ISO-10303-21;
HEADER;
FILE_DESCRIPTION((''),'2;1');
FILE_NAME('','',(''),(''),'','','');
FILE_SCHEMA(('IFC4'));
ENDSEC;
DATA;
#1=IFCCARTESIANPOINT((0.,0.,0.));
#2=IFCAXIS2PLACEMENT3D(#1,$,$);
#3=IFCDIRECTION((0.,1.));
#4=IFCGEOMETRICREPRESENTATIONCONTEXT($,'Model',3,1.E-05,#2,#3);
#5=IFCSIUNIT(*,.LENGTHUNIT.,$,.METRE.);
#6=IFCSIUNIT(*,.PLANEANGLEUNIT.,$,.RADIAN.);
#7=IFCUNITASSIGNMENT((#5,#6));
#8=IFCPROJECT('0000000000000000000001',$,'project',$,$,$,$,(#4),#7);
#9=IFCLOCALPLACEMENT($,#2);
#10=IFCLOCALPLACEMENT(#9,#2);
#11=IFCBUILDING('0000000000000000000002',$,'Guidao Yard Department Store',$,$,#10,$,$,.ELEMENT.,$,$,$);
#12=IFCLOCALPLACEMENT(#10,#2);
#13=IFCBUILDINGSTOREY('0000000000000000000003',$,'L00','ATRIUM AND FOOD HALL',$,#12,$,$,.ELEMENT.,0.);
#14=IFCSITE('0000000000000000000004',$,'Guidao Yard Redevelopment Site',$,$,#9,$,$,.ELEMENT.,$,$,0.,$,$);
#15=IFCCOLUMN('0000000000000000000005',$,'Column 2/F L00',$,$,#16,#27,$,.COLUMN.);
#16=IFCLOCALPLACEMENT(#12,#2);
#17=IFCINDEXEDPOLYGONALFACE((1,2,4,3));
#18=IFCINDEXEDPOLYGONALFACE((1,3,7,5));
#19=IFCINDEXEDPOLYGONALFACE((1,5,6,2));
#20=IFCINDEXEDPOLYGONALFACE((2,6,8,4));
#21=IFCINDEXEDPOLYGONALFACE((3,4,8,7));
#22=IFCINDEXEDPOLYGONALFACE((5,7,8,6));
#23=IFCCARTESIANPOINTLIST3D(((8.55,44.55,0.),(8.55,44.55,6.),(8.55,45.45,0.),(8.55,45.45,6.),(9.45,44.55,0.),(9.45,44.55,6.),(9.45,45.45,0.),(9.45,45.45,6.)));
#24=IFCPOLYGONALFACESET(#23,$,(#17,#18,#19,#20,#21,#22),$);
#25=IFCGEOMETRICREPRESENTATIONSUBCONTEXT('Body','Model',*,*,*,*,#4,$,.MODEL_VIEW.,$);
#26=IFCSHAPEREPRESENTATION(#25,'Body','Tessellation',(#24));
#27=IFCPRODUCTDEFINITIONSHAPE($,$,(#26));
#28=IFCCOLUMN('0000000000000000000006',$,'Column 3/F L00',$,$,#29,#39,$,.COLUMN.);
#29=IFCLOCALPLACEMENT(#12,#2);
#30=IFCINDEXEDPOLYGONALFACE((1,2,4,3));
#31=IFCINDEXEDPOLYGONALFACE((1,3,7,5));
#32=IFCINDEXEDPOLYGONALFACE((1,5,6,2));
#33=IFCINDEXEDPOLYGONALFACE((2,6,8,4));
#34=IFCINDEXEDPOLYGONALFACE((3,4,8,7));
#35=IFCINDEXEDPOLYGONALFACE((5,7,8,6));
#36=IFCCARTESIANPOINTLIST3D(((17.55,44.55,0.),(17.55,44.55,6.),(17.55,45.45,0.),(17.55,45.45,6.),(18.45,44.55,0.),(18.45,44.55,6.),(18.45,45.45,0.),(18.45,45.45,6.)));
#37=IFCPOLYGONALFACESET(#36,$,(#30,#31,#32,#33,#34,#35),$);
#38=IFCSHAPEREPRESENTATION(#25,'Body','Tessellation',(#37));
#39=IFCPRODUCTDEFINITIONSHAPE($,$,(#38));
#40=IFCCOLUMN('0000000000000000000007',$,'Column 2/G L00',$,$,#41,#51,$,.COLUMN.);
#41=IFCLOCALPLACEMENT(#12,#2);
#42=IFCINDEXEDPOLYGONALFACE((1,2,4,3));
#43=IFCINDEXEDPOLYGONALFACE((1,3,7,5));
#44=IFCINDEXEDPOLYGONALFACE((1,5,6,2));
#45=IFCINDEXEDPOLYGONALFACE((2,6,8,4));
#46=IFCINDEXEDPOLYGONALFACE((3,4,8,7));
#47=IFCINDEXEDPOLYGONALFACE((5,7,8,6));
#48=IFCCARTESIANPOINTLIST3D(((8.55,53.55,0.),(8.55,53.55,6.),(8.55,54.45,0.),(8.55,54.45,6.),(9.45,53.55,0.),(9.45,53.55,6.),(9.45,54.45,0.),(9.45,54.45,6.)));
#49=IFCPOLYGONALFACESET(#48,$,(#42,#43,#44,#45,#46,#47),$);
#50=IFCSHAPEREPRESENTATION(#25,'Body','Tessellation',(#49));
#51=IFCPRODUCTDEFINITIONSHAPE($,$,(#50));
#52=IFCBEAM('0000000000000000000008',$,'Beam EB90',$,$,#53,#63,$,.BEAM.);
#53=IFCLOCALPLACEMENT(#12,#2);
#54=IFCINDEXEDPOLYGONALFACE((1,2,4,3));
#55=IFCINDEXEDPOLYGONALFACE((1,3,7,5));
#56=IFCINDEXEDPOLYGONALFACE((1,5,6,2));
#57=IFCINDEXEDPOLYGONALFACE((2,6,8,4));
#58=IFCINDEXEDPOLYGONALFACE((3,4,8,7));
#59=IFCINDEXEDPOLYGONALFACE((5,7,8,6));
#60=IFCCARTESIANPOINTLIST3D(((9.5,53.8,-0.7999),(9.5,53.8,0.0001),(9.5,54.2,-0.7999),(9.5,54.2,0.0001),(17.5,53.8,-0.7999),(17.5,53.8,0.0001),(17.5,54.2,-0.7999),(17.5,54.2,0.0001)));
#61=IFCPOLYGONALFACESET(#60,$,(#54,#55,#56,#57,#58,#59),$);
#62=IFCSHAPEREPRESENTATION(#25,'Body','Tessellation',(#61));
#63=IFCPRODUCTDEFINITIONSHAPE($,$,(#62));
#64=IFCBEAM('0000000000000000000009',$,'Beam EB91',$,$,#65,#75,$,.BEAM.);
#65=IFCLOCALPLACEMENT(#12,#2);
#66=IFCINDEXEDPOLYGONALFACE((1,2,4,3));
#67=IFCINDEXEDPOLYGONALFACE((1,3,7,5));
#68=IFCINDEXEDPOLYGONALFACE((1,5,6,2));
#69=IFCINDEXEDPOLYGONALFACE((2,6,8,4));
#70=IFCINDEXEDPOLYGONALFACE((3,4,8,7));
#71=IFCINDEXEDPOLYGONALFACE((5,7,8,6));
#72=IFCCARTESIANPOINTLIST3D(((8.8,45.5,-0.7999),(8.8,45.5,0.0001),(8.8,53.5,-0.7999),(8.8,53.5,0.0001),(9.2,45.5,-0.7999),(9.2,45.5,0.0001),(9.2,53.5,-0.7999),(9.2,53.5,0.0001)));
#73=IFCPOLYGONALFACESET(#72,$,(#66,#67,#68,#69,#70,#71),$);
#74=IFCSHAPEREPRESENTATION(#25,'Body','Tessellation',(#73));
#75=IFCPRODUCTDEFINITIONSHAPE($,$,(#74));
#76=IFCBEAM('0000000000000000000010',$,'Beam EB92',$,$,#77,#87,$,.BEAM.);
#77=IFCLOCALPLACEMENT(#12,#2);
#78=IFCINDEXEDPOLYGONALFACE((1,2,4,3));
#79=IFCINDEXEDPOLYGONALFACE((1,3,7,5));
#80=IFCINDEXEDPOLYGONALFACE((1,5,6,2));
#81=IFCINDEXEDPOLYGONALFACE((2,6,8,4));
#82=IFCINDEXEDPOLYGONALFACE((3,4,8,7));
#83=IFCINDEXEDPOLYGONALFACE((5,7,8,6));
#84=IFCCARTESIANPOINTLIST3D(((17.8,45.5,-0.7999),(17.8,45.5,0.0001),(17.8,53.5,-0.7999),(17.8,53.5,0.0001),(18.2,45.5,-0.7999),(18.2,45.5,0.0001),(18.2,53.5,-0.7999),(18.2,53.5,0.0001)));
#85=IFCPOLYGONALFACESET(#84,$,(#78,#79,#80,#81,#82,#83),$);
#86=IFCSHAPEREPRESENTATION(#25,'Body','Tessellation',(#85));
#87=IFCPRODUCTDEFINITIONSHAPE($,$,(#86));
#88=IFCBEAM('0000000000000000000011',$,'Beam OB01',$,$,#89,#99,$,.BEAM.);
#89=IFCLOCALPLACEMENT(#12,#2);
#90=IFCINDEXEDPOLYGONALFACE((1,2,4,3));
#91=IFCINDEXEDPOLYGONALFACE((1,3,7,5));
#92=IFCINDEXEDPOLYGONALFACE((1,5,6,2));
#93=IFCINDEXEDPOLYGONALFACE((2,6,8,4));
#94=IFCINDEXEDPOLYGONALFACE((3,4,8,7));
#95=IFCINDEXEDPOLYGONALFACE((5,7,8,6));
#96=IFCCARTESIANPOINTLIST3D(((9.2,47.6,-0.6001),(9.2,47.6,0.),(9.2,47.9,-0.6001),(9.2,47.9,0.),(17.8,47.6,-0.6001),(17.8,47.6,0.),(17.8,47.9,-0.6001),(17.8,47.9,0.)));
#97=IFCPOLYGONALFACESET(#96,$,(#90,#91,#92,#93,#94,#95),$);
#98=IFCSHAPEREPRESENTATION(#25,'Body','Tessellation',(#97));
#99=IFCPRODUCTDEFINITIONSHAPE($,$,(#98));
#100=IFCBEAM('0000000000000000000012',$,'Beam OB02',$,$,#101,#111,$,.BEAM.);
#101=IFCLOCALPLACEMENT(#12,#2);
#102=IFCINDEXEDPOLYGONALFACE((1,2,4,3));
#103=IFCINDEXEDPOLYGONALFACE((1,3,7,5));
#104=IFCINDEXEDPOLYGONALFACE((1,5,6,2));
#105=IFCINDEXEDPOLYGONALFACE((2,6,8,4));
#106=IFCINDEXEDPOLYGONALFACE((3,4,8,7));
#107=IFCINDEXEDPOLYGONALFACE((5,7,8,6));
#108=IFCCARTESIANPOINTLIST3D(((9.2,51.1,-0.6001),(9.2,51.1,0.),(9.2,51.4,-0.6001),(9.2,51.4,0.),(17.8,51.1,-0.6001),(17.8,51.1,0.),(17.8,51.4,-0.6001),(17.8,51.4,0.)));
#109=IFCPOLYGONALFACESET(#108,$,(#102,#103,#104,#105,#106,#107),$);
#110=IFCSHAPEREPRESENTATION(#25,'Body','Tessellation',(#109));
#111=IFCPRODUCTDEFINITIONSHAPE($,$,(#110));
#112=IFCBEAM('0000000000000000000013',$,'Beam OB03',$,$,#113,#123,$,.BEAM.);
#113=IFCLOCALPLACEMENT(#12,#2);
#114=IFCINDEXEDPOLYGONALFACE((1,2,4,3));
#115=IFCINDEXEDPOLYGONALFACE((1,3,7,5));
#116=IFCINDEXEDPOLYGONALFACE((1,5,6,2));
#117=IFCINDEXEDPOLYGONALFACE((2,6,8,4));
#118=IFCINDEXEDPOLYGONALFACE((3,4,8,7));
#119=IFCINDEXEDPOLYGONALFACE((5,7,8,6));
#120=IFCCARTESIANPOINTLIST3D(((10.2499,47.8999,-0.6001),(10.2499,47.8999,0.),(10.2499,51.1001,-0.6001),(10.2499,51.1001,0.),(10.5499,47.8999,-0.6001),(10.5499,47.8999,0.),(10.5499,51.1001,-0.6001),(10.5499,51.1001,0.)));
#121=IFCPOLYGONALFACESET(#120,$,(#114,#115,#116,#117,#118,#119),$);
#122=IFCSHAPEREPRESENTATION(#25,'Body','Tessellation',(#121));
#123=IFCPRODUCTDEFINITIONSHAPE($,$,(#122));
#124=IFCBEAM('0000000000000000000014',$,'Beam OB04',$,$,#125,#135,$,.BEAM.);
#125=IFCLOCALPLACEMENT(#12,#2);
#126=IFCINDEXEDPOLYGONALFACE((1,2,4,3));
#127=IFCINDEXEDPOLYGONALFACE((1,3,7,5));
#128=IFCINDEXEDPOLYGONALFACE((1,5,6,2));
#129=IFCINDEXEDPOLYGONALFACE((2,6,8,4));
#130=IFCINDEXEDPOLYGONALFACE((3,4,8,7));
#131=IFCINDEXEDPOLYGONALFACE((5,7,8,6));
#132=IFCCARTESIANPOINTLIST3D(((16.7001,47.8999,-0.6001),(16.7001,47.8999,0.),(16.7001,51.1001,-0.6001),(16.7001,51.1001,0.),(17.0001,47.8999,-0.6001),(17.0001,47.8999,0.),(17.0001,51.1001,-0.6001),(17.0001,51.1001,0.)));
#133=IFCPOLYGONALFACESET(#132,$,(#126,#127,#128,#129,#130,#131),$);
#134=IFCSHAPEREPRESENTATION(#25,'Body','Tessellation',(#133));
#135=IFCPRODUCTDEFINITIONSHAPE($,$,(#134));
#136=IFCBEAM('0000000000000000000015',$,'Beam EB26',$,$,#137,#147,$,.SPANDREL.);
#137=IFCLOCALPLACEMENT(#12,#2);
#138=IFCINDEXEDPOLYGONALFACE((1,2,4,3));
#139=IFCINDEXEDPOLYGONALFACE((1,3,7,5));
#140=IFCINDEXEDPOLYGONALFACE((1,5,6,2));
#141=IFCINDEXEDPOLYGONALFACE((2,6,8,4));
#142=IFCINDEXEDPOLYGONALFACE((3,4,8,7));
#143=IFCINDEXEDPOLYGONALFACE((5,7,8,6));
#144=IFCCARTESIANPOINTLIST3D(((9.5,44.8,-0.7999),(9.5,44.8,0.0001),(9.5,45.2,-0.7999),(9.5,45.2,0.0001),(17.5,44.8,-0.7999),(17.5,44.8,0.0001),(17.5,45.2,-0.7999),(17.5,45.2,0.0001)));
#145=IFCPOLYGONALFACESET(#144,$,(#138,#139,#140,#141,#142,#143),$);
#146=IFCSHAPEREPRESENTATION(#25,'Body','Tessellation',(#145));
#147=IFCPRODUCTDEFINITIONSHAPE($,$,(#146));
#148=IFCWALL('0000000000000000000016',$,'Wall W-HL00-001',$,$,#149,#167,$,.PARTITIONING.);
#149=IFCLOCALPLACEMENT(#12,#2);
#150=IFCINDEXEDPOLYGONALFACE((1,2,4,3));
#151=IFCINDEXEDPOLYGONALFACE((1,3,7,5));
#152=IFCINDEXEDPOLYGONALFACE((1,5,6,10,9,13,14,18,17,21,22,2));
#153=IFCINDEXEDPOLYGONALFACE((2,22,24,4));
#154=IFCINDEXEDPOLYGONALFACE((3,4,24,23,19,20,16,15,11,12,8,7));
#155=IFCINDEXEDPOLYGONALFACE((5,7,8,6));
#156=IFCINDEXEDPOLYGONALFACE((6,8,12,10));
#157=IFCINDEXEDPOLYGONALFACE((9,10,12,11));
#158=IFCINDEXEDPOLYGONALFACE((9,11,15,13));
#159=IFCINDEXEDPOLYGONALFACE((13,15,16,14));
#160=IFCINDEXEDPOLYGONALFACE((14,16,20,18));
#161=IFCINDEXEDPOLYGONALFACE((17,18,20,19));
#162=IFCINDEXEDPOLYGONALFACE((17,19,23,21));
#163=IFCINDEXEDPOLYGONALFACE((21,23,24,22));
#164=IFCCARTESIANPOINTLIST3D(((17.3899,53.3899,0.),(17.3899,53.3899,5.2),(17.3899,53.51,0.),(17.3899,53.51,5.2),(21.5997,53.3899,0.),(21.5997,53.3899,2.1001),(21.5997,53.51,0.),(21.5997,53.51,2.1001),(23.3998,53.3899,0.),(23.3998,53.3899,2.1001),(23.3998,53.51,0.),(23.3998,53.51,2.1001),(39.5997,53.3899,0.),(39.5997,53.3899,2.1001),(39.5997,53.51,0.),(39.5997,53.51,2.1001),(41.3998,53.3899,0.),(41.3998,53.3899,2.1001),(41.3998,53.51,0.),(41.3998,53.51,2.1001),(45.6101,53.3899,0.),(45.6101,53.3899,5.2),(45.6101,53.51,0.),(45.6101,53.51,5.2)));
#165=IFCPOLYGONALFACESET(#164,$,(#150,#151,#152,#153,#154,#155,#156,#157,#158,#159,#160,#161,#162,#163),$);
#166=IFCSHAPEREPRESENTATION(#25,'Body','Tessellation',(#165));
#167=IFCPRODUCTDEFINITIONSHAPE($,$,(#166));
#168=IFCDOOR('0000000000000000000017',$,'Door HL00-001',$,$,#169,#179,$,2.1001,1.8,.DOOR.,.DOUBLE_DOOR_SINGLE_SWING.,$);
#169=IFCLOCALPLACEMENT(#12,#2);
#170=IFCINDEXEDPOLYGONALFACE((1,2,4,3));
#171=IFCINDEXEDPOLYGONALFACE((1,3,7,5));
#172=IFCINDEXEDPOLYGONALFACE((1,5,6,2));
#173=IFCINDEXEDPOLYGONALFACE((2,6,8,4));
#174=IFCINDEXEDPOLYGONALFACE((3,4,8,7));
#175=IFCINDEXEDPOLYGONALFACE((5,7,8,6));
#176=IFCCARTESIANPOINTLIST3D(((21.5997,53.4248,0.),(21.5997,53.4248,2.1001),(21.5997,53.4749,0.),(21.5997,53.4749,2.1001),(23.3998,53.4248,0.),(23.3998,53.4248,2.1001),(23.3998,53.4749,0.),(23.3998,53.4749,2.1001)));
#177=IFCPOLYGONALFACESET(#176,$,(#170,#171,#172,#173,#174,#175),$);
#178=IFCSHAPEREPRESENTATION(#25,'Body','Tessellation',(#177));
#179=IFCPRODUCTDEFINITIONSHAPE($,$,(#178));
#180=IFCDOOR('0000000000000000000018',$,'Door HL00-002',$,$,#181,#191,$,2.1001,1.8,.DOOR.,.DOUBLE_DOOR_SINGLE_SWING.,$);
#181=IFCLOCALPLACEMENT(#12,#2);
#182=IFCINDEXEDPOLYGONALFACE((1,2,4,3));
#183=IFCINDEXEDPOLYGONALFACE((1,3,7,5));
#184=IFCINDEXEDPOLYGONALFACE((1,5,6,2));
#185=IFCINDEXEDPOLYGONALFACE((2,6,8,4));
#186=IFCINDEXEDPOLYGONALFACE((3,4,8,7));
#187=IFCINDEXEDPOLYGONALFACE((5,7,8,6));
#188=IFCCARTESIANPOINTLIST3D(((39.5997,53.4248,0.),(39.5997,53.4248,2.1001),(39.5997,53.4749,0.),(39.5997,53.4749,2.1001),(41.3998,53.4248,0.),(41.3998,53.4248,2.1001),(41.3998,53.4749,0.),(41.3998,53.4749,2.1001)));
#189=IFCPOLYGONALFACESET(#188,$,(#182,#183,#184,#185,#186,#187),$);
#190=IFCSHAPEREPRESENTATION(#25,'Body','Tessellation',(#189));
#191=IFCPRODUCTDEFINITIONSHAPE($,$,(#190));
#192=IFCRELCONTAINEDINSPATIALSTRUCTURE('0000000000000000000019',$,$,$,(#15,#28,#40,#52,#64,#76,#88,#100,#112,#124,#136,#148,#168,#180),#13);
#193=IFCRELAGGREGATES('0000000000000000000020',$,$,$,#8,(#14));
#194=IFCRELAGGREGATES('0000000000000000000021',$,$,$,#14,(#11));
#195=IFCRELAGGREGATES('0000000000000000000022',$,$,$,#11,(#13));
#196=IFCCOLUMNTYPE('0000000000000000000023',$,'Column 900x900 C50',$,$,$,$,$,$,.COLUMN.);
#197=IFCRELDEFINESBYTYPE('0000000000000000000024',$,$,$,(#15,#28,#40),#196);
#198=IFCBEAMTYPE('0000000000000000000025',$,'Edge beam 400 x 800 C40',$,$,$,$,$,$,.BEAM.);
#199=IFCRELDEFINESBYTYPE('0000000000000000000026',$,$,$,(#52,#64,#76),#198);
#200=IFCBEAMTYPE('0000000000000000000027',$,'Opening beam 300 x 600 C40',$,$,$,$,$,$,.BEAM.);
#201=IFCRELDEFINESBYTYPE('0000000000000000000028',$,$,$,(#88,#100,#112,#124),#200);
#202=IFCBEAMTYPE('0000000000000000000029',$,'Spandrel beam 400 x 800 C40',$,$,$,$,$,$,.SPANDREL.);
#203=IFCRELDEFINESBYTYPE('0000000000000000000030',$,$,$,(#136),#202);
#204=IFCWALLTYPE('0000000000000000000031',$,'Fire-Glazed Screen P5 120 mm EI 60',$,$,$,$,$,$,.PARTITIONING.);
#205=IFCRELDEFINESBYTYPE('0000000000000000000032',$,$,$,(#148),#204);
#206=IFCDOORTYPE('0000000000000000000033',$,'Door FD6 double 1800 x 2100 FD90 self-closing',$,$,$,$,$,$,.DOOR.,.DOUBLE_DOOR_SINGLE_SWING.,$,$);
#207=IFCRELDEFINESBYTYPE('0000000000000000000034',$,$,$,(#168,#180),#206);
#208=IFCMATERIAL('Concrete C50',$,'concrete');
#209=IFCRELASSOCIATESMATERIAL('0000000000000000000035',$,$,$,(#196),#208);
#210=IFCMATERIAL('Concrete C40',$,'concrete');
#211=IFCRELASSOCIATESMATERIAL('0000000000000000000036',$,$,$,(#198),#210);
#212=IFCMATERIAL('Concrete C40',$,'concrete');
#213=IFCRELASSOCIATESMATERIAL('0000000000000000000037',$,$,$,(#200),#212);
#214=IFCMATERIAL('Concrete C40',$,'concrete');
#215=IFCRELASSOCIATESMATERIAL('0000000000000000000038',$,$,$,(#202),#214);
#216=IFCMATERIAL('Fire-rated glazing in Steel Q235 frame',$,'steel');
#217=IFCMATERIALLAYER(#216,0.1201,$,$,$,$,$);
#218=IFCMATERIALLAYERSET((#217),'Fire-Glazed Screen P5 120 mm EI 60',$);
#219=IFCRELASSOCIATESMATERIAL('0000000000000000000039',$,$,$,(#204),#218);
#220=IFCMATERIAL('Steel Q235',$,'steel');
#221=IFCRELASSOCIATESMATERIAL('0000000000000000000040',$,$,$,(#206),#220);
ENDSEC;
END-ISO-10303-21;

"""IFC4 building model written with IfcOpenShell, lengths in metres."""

from ifc_helpers import new_model, si_unit, direction, frame, frame_2d, origin, origin_2d, place, context, subcontext, project, spatial, rectangle, extrude, material, layer, layer_set, material_profile, profile_set, type_object, element, fill, save


model = new_model("IFC4")

# Units and contexts
model_context = context("Model", 3, precision=1e-05, world=origin(), true_north=direction((0.0, 1.0)))
body_context = subcontext(model_context, "Body", "Model", "MODEL_VIEW")
ifc_project = project(units=[si_unit("LENGTHUNIT", "METRE"), si_unit("PLANEANGLEUNIT", "RADIAN")], contexts=[model_context])

# Site, building, storey
site_placement = place(None, origin())
site = spatial("IfcSite", under=ifc_project, at=site_placement, Name="Guidao Yard Redevelopment Site", CompositionType="ELEMENT", RefElevation=0.0)
building_placement = place(site_placement, origin())
building = spatial("IfcBuilding", under=site, at=building_placement, Name="Guidao Yard Department Store", CompositionType="ELEMENT")
storey_placement = place(building_placement, origin())
storey = spatial("IfcBuildingStorey", under=building, at=storey_placement, Name="L00", Description="ATRIUM AND FOOD HALL", CompositionType="ELEMENT", Elevation=0.0)

# Columns
ifc_material_1 = material(Name="Concrete C50", Category="concrete")
ifc_material_profile_1 = material_profile(ifc_material_1, rectangle(XDim=0.8999, YDim=0.8999, at=origin_2d()), Name="COL 900x900")
ifc_profile_set_1 = profile_set([ifc_material_profile_1], Name="Concrete C50")
column_type = type_object("IfcColumnType", Name="Column 900x900 C50", PredefinedType="COLUMN", material=ifc_profile_set_1)
for number, where, z_axis, x_axis, name in (
    (1, (9.0, 45.0, 0.0), (0.0, 0.0, 1.0), (1.0, 0.0, 0.0), "Column 2/F L00"),
    (2, (18.0, 45.0, 0.0), (0.0, 0.0, 1.0), (1.0, 0.0, 0.0), "Column 3/F L00"),
    (3, (9.0, 54.0, 0.0), (0.0, 0.0, 1.0), (1.0, 0.0, 0.0), "Column 2/G L00"),
):
    element("IfcColumn", number, at=place(storey_placement, frame(where, z_axis=z_axis, x_axis=x_axis)), inside=storey, type_object=column_type, Name=name, PredefinedType="COLUMN", context=body_context, shape_type="SweptSolid", body=[
        extrude(rectangle(XDim=0.8999, YDim=0.8999, at=origin_2d()), origin(), (0.0, 0.0, 1.0), 6.0),
    ])

# Beams
ifc_material_2 = material(Name="Concrete C40", Category="concrete")
ifc_material_profile_2 = material_profile(ifc_material_2, rectangle(XDim=0.3999, YDim=0.8, at=origin_2d()), Name="Edge beam 400 x 800 C40")
ifc_profile_set_2 = profile_set([ifc_material_profile_2], Name="Concrete C40")
beam_type_1 = type_object("IfcBeamType", Name="Edge beam 400 x 800 C40", PredefinedType="BEAM", material=ifc_profile_set_2)
for number, where, z_axis, x_axis, name in (
    (4, (9.5, 54.0, -0.3999), (1.0, 0.0, 0.0), (0.0, 1.0, 0.0), "Beam EB90"),
    (5, (9.0, 45.5, -0.3999), (0.0, 1.0, 0.0), (-1.0, 0.0, 0.0), "Beam EB91"),
    (6, (18.0, 45.5, -0.3999), (0.0, 1.0, 0.0), (-1.0, 0.0, 0.0), "Beam EB92"),
):
    element("IfcBeam", number, at=place(storey_placement, frame(where, z_axis=z_axis, x_axis=x_axis)), inside=storey, type_object=beam_type_1, Name=name, PredefinedType="BEAM", context=body_context, shape_type="SweptSolid", body=[
        extrude(rectangle(XDim=0.3999, YDim=0.8, at=origin_2d()), origin(), (0.0, 0.0, 1.0), 8.0),
    ])
ifc_material_3 = material(Name="Concrete C40", Category="concrete")
ifc_material_profile_3 = material_profile(ifc_material_3, rectangle(XDim=0.3, YDim=0.6001, at=origin_2d()), Name="Opening beam 300 x 600 C40")
ifc_profile_set_3 = profile_set([ifc_material_profile_3], Name="Concrete C40")
beam_type_2 = type_object("IfcBeamType", Name="Opening beam 300 x 600 C40", PredefinedType="BEAM", material=ifc_profile_set_3)
for number, where, z_axis, x_axis, name in (
    (7, (9.2, 47.75, -0.3), (1.0, 0.0, 0.0), (0.0, 1.0, 0.0), "Beam OB01"),
    (8, (9.2, 51.25, -0.3), (1.0, 0.0, 0.0), (0.0, 1.0, 0.0), "Beam OB02"),
):
    element("IfcBeam", number, at=place(storey_placement, frame(where, z_axis=z_axis, x_axis=x_axis)), inside=storey, type_object=beam_type_2, Name=name, PredefinedType="BEAM", context=body_context, shape_type="SweptSolid", body=[
        extrude(rectangle(XDim=0.3, YDim=0.6001, at=origin_2d()), origin(), (0.0, 0.0, 1.0), 8.6001),
    ])
for number, where, z_axis, x_axis, name in (
    (9, (10.3999, 47.8999, -0.3), (0.0, 1.0, 0.0), (-1.0, 0.0, 0.0), "Beam OB03"),
    (10, (16.8501, 47.8999, -0.3), (0.0, 1.0, 0.0), (-1.0, 0.0, 0.0), "Beam OB04"),
):
    element("IfcBeam", number, at=place(storey_placement, frame(where, z_axis=z_axis, x_axis=x_axis)), inside=storey, type_object=beam_type_2, Name=name, PredefinedType="BEAM", context=body_context, shape_type="SweptSolid", body=[
        extrude(rectangle(XDim=0.3, YDim=0.6001, at=origin_2d()), origin(), (0.0, 0.0, 1.0), 3.2002),
    ])
ifc_material_4 = material(Name="Concrete C40", Category="concrete")
ifc_material_profile_4 = material_profile(ifc_material_4, rectangle(XDim=0.3999, YDim=0.8, at=origin_2d()), Name="Spandrel beam 400 x 800 C40")
ifc_profile_set_4 = profile_set([ifc_material_profile_4], Name="Concrete C40")
beam_type_3 = type_object("IfcBeamType", Name="Spandrel beam 400 x 800 C40", PredefinedType="SPANDREL", material=ifc_profile_set_4)
beam_placement = place(storey_placement, frame((9.5, 45.0, -0.3999), z_axis=(1.0, 0.0, 0.0), x_axis=(0.0, 1.0, 0.0)))
element("IfcBeam", 11, at=beam_placement, inside=storey, type_object=beam_type_3, Name="Beam EB26", PredefinedType="SPANDREL", context=body_context, shape_type="SweptSolid", body=[
    extrude(rectangle(XDim=0.3999, YDim=0.8, at=origin_2d()), origin(), (0.0, 0.0, 1.0), 8.0),
])

# Wall, openings, doors
ifc_material_5 = material(Name="Fire-rated glazing in Steel Q235 frame", Category="steel")
ifc_layer_1 = layer(ifc_material_5, 0.1201)
ifc_layer_set_1 = layer_set([ifc_layer_1], Name="Fire-Glazed Screen P5 120 mm EI 60")
wall_type_1 = type_object("IfcWallType", Name="Fire-Glazed Screen P5 120 mm EI 60", PredefinedType="PARTITIONING", material=ifc_layer_set_1)
wall_1_placement = place(storey_placement, frame((17.3899, 53.45, 0.0), z_axis=(0.0, 0.0, 1.0), x_axis=(1.0, 0.0, 0.0)))
wall_1 = element("IfcWall", 12, at=wall_1_placement, inside=storey, type_object=wall_type_1, Name="Wall W-HL00-001", PredefinedType="PARTITIONING", context=body_context, shape_type="SweptSolid", body=[
    extrude(rectangle(XDim=28.2202, YDim=0.1201, at=frame_2d((14.1101, 0.0))), origin(), (0.0, 0.0, 1.0), 5.2),
])
opening_1_placement = place(wall_1_placement, frame((4.21, 0.0, 0.0)))
opening_1 = element("IfcOpeningElement", 13, at=opening_1_placement, cuts=wall_1, PredefinedType="OPENING", context=body_context, shape_type="SweptSolid", body=[
    extrude(rectangle(XDim=1.8, YDim=2.1001, at=frame_2d((0.8999, 1.05))), frame((0.0, 0.0701, 0.0), z_axis=(0.0, -1.0, 0.0), x_axis=(1.0, 0.0, 0.0)), (0.0, 0.0, 1.0), 0.1401),
])
opening_2_placement = place(wall_1_placement, frame((22.21, 0.0, 0.0)))
opening_2 = element("IfcOpeningElement", 14, at=opening_2_placement, cuts=wall_1, PredefinedType="OPENING", context=body_context, shape_type="SweptSolid", body=[
    extrude(rectangle(XDim=1.8, YDim=2.1001, at=frame_2d((0.8999, 1.05))), frame((0.0, 0.0701, 0.0), z_axis=(0.0, -1.0, 0.0), x_axis=(1.0, 0.0, 0.0)), (0.0, 0.0, 1.0), 0.1401),
])
ifc_material_6 = material(Name="Steel Q235", Category="steel")
door_type_1 = type_object("IfcDoorType", Name="Door FD6 double 1800 x 2100 FD90 self-closing", OperationType="DOUBLE_DOOR_SINGLE_SWING", PredefinedType="DOOR", material=ifc_material_6)
door_1_placement = place(opening_1_placement, origin())
door_1 = element("IfcDoor", 15, at=door_1_placement, inside=storey, type_object=door_type_1, Name="Door HL00-001", OperationType="DOUBLE_DOOR_SINGLE_SWING", OverallHeight=2.1001, OverallWidth=1.8, PredefinedType="DOOR", context=body_context, shape_type="SweptSolid", body=[
    extrude(rectangle(XDim=1.8, YDim=2.1001, at=frame_2d((0.8999, 1.05))), frame((0.0, 0.0249, 0.0), z_axis=(0.0, -1.0, 0.0), x_axis=(1.0, 0.0, 0.0)), (0.0, 0.0, 1.0), 0.05),
])
fill(opening_1, door_1)
door_2_placement = place(opening_2_placement, origin())
door_2 = element("IfcDoor", 16, at=door_2_placement, inside=storey, type_object=door_type_1, Name="Door HL00-002", OperationType="DOUBLE_DOOR_SINGLE_SWING", OverallHeight=2.1001, OverallWidth=1.8, PredefinedType="DOOR", context=body_context, shape_type="SweptSolid", body=[
    extrude(rectangle(XDim=1.8, YDim=2.1001, at=frame_2d((0.8999, 1.05))), frame((0.0, 0.0249, 0.0), z_axis=(0.0, -1.0, 0.0), x_axis=(1.0, 0.0, 0.0)), (0.0, 0.0, 1.0), 0.05),
])
fill(opening_2, door_2)

save(model, "model.ifc")
